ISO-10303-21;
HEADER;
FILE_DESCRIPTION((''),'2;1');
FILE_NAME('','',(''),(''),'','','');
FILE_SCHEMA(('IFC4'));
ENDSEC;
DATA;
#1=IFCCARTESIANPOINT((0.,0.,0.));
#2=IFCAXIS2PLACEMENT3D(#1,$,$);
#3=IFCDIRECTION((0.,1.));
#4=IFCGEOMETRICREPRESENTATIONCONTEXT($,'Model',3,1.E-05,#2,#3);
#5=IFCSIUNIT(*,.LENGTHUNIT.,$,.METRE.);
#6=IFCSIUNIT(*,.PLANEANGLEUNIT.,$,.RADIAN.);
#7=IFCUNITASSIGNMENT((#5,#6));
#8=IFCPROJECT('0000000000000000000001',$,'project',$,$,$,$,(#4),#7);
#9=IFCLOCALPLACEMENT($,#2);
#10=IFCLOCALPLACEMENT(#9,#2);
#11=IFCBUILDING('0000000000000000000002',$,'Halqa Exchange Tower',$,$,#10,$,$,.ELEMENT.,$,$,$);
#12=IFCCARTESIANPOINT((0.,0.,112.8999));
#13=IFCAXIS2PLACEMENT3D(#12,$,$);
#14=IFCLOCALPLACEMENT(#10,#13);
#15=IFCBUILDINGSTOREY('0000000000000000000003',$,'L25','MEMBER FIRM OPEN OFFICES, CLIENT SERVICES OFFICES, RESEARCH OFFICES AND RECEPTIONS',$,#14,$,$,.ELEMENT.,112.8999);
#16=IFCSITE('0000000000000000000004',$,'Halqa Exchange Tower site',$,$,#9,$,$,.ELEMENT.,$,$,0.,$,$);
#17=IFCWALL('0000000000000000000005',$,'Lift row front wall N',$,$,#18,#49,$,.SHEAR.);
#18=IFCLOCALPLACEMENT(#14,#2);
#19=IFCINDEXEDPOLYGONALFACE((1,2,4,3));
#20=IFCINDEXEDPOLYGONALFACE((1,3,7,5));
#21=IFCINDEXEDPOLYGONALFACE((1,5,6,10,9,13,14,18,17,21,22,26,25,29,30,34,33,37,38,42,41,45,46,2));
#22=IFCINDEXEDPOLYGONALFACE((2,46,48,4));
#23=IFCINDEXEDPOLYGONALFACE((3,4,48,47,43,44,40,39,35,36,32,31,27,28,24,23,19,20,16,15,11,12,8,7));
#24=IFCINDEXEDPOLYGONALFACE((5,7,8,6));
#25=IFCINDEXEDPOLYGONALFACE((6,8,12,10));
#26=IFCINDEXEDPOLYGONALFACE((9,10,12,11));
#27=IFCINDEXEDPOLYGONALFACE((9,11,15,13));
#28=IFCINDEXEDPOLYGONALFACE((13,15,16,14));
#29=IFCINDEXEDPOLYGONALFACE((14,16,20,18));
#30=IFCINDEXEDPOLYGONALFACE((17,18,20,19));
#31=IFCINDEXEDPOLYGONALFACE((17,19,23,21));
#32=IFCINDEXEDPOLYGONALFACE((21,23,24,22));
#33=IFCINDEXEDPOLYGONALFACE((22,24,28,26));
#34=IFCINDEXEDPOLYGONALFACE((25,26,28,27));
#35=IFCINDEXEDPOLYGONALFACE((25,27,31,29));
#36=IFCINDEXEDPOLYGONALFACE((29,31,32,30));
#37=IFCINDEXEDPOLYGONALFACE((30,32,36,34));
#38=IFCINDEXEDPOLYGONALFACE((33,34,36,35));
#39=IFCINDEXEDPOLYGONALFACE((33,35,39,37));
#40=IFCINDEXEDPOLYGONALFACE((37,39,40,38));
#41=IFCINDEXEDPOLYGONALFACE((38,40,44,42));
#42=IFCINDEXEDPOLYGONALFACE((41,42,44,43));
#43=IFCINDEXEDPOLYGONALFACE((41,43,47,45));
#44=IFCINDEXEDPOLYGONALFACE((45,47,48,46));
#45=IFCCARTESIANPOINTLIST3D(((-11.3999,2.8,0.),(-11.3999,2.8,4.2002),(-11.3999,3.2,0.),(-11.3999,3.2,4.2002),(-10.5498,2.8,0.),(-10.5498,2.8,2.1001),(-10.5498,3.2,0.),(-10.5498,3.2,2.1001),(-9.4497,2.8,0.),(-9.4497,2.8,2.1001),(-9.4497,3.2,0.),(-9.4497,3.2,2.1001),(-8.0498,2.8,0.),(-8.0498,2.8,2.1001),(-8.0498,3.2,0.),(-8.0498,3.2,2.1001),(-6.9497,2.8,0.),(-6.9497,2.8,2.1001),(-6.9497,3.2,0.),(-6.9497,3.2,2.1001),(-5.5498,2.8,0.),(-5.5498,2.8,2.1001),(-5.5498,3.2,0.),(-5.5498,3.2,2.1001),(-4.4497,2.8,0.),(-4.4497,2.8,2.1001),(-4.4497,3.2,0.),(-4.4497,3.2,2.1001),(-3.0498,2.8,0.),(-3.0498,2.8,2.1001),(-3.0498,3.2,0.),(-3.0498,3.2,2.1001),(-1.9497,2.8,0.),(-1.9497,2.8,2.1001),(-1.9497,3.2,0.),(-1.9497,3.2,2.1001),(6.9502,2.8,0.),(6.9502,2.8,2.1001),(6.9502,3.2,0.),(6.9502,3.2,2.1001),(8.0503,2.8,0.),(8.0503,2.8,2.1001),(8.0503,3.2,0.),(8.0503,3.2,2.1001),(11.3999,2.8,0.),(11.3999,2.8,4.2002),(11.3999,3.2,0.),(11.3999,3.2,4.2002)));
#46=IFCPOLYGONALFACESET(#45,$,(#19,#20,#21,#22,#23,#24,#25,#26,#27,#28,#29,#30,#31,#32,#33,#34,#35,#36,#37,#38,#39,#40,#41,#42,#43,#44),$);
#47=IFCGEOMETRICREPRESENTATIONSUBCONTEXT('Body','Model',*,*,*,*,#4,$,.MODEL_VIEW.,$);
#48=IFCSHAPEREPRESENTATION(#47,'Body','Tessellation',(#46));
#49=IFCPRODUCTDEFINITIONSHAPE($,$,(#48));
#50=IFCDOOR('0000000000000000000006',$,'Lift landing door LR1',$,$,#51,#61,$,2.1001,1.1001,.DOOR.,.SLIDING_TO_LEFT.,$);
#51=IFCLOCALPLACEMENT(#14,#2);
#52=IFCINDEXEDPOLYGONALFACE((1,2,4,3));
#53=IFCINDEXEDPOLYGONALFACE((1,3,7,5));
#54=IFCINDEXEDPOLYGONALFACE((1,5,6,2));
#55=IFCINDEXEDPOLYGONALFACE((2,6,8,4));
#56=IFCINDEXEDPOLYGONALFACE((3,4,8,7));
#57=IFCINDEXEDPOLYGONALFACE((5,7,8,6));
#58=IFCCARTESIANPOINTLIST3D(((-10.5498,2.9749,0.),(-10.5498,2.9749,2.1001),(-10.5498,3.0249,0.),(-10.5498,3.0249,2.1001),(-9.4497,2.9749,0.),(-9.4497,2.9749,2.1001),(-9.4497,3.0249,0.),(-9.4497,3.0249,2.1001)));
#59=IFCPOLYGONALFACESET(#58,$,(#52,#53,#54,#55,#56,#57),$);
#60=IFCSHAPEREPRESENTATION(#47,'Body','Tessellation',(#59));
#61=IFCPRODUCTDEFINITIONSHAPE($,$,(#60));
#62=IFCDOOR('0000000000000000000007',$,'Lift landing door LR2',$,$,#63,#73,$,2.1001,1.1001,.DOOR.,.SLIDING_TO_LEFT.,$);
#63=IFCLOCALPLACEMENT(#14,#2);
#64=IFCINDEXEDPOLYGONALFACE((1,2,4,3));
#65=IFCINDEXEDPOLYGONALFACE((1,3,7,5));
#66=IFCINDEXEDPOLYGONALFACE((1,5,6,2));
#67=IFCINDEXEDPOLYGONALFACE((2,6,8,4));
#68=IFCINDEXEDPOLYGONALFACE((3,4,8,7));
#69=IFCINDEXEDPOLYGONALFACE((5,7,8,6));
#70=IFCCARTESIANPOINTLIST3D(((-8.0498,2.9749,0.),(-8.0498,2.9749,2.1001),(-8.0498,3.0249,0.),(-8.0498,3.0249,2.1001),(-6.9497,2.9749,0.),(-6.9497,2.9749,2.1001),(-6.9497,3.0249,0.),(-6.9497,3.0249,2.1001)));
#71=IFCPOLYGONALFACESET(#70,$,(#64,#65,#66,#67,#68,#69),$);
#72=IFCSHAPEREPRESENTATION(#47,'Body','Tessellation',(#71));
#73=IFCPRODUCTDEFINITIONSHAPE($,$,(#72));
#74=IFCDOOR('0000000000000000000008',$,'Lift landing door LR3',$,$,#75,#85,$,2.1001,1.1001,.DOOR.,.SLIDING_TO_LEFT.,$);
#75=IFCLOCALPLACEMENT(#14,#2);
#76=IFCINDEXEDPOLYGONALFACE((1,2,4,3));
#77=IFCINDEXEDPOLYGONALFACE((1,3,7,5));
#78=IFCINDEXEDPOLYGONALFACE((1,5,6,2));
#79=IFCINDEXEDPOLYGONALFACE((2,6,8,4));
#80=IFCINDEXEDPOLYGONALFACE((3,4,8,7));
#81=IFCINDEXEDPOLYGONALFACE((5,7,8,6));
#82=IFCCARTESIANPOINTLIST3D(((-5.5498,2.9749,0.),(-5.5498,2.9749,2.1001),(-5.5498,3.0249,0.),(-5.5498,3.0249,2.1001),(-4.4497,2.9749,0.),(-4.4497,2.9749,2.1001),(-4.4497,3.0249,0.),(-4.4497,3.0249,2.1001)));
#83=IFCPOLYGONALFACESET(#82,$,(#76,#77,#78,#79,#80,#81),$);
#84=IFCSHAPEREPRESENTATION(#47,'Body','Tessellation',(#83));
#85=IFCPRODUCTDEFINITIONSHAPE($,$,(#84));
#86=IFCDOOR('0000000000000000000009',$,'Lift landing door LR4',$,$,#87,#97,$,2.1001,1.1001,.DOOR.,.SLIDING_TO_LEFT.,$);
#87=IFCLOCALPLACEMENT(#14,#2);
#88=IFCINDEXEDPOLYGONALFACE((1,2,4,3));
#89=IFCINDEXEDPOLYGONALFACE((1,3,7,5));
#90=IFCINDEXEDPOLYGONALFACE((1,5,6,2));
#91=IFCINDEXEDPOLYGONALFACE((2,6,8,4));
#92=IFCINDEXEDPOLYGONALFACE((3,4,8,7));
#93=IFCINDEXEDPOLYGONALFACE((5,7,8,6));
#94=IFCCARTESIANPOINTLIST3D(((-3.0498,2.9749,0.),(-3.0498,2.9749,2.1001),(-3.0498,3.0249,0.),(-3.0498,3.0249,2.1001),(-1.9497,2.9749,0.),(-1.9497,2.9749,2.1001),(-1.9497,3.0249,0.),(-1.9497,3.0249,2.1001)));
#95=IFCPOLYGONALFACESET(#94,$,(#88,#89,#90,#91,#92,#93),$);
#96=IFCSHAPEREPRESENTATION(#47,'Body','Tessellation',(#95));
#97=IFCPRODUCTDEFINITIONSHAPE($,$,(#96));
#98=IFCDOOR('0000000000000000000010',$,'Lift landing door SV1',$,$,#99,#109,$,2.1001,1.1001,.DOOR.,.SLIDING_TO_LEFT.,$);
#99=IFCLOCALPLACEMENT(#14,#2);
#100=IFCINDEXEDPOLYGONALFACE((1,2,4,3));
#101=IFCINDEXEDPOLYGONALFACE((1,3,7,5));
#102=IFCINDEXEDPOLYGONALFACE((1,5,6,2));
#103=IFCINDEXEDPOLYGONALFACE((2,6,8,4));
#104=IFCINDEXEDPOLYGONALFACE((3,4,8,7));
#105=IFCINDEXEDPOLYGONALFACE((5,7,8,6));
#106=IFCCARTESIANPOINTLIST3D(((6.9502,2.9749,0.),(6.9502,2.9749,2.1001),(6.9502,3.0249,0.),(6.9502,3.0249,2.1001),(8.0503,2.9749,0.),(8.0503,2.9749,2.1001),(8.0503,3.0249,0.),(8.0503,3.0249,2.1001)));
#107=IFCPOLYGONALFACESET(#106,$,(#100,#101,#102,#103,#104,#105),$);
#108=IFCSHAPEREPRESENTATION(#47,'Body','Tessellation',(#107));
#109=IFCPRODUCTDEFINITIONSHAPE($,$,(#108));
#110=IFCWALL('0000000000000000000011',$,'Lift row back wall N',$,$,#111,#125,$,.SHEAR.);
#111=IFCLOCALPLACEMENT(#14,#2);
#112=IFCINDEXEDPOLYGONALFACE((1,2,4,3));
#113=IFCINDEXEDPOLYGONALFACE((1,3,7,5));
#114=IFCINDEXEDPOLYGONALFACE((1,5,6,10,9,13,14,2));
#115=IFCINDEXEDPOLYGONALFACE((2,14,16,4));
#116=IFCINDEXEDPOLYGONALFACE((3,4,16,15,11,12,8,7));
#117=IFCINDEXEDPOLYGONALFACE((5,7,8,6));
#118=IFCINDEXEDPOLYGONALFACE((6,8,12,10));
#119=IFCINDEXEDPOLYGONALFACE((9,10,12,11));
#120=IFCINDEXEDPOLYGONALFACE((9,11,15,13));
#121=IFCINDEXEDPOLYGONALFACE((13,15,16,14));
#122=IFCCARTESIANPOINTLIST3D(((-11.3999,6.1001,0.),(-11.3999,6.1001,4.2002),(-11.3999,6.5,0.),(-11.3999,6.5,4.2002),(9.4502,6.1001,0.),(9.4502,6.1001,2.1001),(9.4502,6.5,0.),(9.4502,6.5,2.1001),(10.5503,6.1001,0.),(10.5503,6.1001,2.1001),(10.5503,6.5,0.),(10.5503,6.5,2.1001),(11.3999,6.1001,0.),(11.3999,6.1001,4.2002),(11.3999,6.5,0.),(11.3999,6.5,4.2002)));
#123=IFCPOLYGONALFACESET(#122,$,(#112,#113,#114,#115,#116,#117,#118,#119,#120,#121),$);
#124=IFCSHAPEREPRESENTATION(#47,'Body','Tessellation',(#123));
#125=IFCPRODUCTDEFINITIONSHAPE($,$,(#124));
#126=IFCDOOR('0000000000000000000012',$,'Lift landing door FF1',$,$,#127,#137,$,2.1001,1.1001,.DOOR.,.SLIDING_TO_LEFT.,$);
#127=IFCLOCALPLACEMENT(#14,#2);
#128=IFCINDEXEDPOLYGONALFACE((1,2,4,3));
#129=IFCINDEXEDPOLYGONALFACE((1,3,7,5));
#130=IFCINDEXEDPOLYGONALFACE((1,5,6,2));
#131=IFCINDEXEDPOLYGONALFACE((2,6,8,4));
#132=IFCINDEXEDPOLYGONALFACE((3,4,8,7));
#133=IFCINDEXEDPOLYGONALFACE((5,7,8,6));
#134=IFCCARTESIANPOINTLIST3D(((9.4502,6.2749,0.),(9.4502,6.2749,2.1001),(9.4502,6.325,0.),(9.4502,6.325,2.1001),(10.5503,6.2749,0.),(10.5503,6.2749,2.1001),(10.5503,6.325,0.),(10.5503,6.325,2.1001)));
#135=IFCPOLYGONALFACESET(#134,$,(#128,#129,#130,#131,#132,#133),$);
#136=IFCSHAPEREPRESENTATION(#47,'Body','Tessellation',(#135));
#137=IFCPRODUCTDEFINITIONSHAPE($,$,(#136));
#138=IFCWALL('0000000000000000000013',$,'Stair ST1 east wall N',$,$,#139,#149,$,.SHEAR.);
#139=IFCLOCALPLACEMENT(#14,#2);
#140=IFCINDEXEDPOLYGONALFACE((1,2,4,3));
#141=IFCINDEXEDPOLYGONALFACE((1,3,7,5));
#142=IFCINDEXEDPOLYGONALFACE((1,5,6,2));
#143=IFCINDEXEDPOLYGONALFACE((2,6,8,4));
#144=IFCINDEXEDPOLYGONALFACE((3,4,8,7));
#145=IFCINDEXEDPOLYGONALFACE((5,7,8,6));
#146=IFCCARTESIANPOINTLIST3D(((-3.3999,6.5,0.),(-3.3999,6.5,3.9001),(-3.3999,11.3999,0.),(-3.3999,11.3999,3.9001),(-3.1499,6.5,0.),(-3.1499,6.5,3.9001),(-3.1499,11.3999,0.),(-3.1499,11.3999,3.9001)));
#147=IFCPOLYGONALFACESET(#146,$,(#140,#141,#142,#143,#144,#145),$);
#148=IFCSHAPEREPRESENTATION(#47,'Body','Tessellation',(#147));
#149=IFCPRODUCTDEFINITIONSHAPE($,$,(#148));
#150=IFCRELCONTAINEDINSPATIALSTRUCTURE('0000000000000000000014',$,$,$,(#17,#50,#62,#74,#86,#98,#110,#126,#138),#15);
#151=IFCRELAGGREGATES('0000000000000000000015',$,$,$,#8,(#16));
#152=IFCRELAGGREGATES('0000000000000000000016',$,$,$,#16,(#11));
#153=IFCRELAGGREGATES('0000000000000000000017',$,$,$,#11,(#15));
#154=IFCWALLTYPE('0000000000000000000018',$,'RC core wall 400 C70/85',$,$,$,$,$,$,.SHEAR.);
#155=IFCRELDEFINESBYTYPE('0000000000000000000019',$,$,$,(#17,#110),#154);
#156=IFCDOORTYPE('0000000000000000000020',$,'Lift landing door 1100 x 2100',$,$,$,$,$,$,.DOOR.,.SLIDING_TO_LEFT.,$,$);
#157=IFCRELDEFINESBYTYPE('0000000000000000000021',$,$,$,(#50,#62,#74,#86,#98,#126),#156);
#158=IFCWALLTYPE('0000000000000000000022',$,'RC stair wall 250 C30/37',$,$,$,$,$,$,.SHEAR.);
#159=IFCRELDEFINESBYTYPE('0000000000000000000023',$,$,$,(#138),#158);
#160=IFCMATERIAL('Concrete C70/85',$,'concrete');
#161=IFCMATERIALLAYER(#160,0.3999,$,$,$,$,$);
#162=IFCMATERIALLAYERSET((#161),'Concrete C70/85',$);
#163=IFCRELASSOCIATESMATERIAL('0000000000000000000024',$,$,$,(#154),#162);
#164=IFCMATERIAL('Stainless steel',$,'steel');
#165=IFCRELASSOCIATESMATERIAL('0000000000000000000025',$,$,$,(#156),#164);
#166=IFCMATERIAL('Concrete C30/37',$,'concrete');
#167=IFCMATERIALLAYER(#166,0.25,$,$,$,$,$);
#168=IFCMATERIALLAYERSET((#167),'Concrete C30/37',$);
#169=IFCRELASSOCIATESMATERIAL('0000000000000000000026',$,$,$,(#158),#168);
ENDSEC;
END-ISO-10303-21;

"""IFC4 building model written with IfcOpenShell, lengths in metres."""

from ifc_helpers import new_model, si_unit, direction, frame, frame_2d, origin, place, context, subcontext, project, spatial, rectangle, extrude, material, layer, layer_set, type_object, element, fill, save


model = new_model("IFC4")

# Units and contexts
model_context = context("Model", 3, precision=1e-05, world=origin(), true_north=direction((0.0, 1.0)))
body_context = subcontext(model_context, "Body", "Model", "MODEL_VIEW")
ifc_project = project(units=[si_unit("LENGTHUNIT", "METRE"), si_unit("PLANEANGLEUNIT", "RADIAN")], contexts=[model_context])

# Site, building, storey
site_placement = place(None, origin())
site = spatial("IfcSite", under=ifc_project, at=site_placement, Name="Halqa Exchange Tower site", CompositionType="ELEMENT", RefElevation=0.0)
building_placement = place(site_placement, origin())
building = spatial("IfcBuilding", under=site, at=building_placement, Name="Halqa Exchange Tower", CompositionType="ELEMENT")
storey_placement = place(building_placement, frame((0.0, 0.0, 112.8999)))
storey = spatial("IfcBuildingStorey", under=building, at=storey_placement, Name="L25", Description="MEMBER FIRM OPEN OFFICES, CLIENT SERVICES OFFICES, RESEARCH OFFICES AND RECEPTIONS", CompositionType="ELEMENT", Elevation=112.8999)

# Wall, openings, doors
ifc_material_1 = material(Name="Concrete C70/85", Category="concrete")
ifc_layer_1 = layer(ifc_material_1, 0.3999)
ifc_layer_set_1 = layer_set([ifc_layer_1], Name="Concrete C70/85")
wall_type_1 = type_object("IfcWallType", Name="RC core wall 400 C70/85", PredefinedType="SHEAR", material=ifc_layer_set_1)
wall_1_placement = place(storey_placement, frame((-11.3999, 3.0, 0.0), z_axis=(0.0, 0.0, 1.0), x_axis=(1.0, 0.0, 0.0)))
wall_1 = element("IfcWall", 1, at=wall_1_placement, inside=storey, type_object=wall_type_1, Name="Lift row front wall N", PredefinedType="SHEAR", context=body_context, shape_type="SweptSolid", body=[
    extrude(rectangle(XDim=22.7998, YDim=0.3999, at=frame_2d((11.3999, 0.0))), origin(), (0.0, 0.0, 1.0), 4.2002),
])
opening_1_placement = place(wall_1_placement, frame((0.8501, 0.0, 0.0)))
opening_1 = element("IfcOpeningElement", 2, at=opening_1_placement, cuts=wall_1, PredefinedType="OPENING", context=body_context, shape_type="SweptSolid", body=[
    extrude(rectangle(XDim=1.1001, YDim=2.1001, at=frame_2d((0.55, 1.05))), frame((0.0, 0.2119, 0.0), z_axis=(0.0, -1.0, 0.0), x_axis=(1.0, 0.0, 0.0)), (0.0, 0.0, 1.0), 0.4238),
])
opening_2_placement = place(wall_1_placement, frame((3.3501, 0.0, 0.0)))
opening_2 = element("IfcOpeningElement", 3, at=opening_2_placement, cuts=wall_1, PredefinedType="OPENING", context=body_context, shape_type="SweptSolid", body=[
    extrude(rectangle(XDim=1.1001, YDim=2.1001, at=frame_2d((0.55, 1.05))), frame((0.0, 0.2119, 0.0), z_axis=(0.0, -1.0, 0.0), x_axis=(1.0, 0.0, 0.0)), (0.0, 0.0, 1.0), 0.4238),
])
opening_3_placement = place(wall_1_placement, frame((5.8501, 0.0, 0.0)))
opening_3 = element("IfcOpeningElement", 4, at=opening_3_placement, cuts=wall_1, PredefinedType="OPENING", context=body_context, shape_type="SweptSolid", body=[
    extrude(rectangle(XDim=1.1001, YDim=2.1001, at=frame_2d((0.55, 1.05))), frame((0.0, 0.2119, 0.0), z_axis=(0.0, -1.0, 0.0), x_axis=(1.0, 0.0, 0.0)), (0.0, 0.0, 1.0), 0.4238),
])
opening_4_placement = place(wall_1_placement, frame((8.3501, 0.0, 0.0)))
opening_4 = element("IfcOpeningElement", 5, at=opening_4_placement, cuts=wall_1, PredefinedType="OPENING", context=body_context, shape_type="SweptSolid", body=[
    extrude(rectangle(XDim=1.1001, YDim=2.1001, at=frame_2d((0.55, 1.05))), frame((0.0, 0.2119, 0.0), z_axis=(0.0, -1.0, 0.0), x_axis=(1.0, 0.0, 0.0)), (0.0, 0.0, 1.0), 0.4238),
])
opening_5_placement = place(wall_1_placement, frame((18.3501, 0.0, 0.0)))
opening_5 = element("IfcOpeningElement", 6, at=opening_5_placement, cuts=wall_1, PredefinedType="OPENING", context=body_context, shape_type="SweptSolid", body=[
    extrude(rectangle(XDim=1.1001, YDim=2.1001, at=frame_2d((0.55, 1.05))), frame((0.0, 0.2119, 0.0), z_axis=(0.0, -1.0, 0.0), x_axis=(1.0, 0.0, 0.0)), (0.0, 0.0, 1.0), 0.4238),
])
ifc_material_2 = material(Name="Stainless steel", Category="steel")
door_type = type_object("IfcDoorType", Name="Lift landing door 1100 x 2100", OperationType="SLIDING_TO_LEFT", PredefinedType="DOOR", material=ifc_material_2)
door_1_placement = place(opening_1_placement, origin())
door_1 = element("IfcDoor", 7, at=door_1_placement, inside=storey, type_object=door_type, Name="Lift landing door LR1", OperationType="SLIDING_TO_LEFT", OverallHeight=2.1001, OverallWidth=1.1001, PredefinedType="DOOR", context=body_context, shape_type="SweptSolid", body=[
    extrude(rectangle(XDim=1.1001, YDim=2.1001, at=frame_2d((0.55, 1.05))), frame((0.0, 0.0249, 0.0), z_axis=(0.0, -1.0, 0.0), x_axis=(1.0, 0.0, 0.0)), (0.0, 0.0, 1.0), 0.05),
])
fill(opening_1, door_1)
door_2_placement = place(opening_2_placement, origin())
door_2 = element("IfcDoor", 8, at=door_2_placement, inside=storey, type_object=door_type, Name="Lift landing door LR2", OperationType="SLIDING_TO_LEFT", OverallHeight=2.1001, OverallWidth=1.1001, PredefinedType="DOOR", context=body_context, shape_type="SweptSolid", body=[
    extrude(rectangle(XDim=1.1001, YDim=2.1001, at=frame_2d((0.55, 1.05))), frame((0.0, 0.0249, 0.0), z_axis=(0.0, -1.0, 0.0), x_axis=(1.0, 0.0, 0.0)), (0.0, 0.0, 1.0), 0.05),
])
fill(opening_2, door_2)
door_3_placement = place(opening_3_placement, origin())
door_3 = element("IfcDoor", 9, at=door_3_placement, inside=storey, type_object=door_type, Name="Lift landing door LR3", OperationType="SLIDING_TO_LEFT", OverallHeight=2.1001, OverallWidth=1.1001, PredefinedType="DOOR", context=body_context, shape_type="SweptSolid", body=[
    extrude(rectangle(XDim=1.1001, YDim=2.1001, at=frame_2d((0.55, 1.05))), frame((0.0, 0.0249, 0.0), z_axis=(0.0, -1.0, 0.0), x_axis=(1.0, 0.0, 0.0)), (0.0, 0.0, 1.0), 0.05),
])
fill(opening_3, door_3)
door_4_placement = place(opening_4_placement, origin())
door_4 = element("IfcDoor", 10, at=door_4_placement, inside=storey, type_object=door_type, Name="Lift landing door LR4", OperationType="SLIDING_TO_LEFT", OverallHeight=2.1001, OverallWidth=1.1001, PredefinedType="DOOR", context=body_context, shape_type="SweptSolid", body=[
    extrude(rectangle(XDim=1.1001, YDim=2.1001, at=frame_2d((0.55, 1.05))), frame((0.0, 0.0249, 0.0), z_axis=(0.0, -1.0, 0.0), x_axis=(1.0, 0.0, 0.0)), (0.0, 0.0, 1.0), 0.05),
])
fill(opening_4, door_4)
door_5_placement = place(opening_5_placement, origin())
door_5 = element("IfcDoor", 11, at=door_5_placement, inside=storey, type_object=door_type, Name="Lift landing door SV1", OperationType="SLIDING_TO_LEFT", OverallHeight=2.1001, OverallWidth=1.1001, PredefinedType="DOOR", context=body_context, shape_type="SweptSolid", body=[
    extrude(rectangle(XDim=1.1001, YDim=2.1001, at=frame_2d((0.55, 1.05))), frame((0.0, 0.0249, 0.0), z_axis=(0.0, -1.0, 0.0), x_axis=(1.0, 0.0, 0.0)), (0.0, 0.0, 1.0), 0.05),
])
fill(opening_5, door_5)

# Wall, opening, door
wall_2_placement = place(storey_placement, frame((-11.3999, 6.3, 0.0), z_axis=(0.0, 0.0, 1.0), x_axis=(1.0, 0.0, 0.0)))
wall_2 = element("IfcWall", 12, at=wall_2_placement, inside=storey, type_object=wall_type_1, Name="Lift row back wall N", PredefinedType="SHEAR", context=body_context, shape_type="SweptSolid", body=[
    extrude(rectangle(XDim=22.7998, YDim=0.3999, at=frame_2d((11.3999, 0.0))), origin(), (0.0, 0.0, 1.0), 4.2002),
])
opening_6_placement = place(wall_2_placement, frame((20.8501, 0.0, 0.0)))
opening_6 = element("IfcOpeningElement", 13, at=opening_6_placement, cuts=wall_2, PredefinedType="OPENING", context=body_context, shape_type="SweptSolid", body=[
    extrude(rectangle(XDim=1.1001, YDim=2.1001, at=frame_2d((0.55, 1.05))), frame((0.0, 0.2119, 0.0), z_axis=(0.0, -1.0, 0.0), x_axis=(1.0, 0.0, 0.0)), (0.0, 0.0, 1.0), 0.4238),
])
door_6_placement = place(opening_6_placement, origin())
door_6 = element("IfcDoor", 14, at=door_6_placement, inside=storey, type_object=door_type, Name="Lift landing door FF1", OperationType="SLIDING_TO_LEFT", OverallHeight=2.1001, OverallWidth=1.1001, PredefinedType="DOOR", context=body_context, shape_type="SweptSolid", body=[
    extrude(rectangle(XDim=1.1001, YDim=2.1001, at=frame_2d((0.55, 1.05))), frame((0.0, 0.0249, 0.0), z_axis=(0.0, -1.0, 0.0), x_axis=(1.0, 0.0, 0.0)), (0.0, 0.0, 1.0), 0.05),
])
fill(opening_6, door_6)

# Wall
ifc_material_3 = material(Name="Concrete C30/37", Category="concrete")
ifc_layer_2 = layer(ifc_material_3, 0.25)
ifc_layer_set_2 = layer_set([ifc_layer_2], Name="Concrete C30/37")
wall_type_2 = type_object("IfcWallType", Name="RC stair wall 250 C30/37", PredefinedType="SHEAR", material=ifc_layer_set_2)
wall_3_placement = place(storey_placement, frame((-3.2749, 6.5, 0.0), z_axis=(0.0, 0.0, 1.0), x_axis=(0.0, 1.0, 0.0)))
element("IfcWall", 15, at=wall_3_placement, inside=storey, type_object=wall_type_2, Name="Stair ST1 east wall N", PredefinedType="SHEAR", context=body_context, shape_type="SweptSolid", body=[
    extrude(rectangle(XDim=4.8999, YDim=0.25, at=frame_2d((2.45, 0.0))), origin(), (0.0, 0.0, 1.0), 3.9001),
])

save(model, "model.ifc")
